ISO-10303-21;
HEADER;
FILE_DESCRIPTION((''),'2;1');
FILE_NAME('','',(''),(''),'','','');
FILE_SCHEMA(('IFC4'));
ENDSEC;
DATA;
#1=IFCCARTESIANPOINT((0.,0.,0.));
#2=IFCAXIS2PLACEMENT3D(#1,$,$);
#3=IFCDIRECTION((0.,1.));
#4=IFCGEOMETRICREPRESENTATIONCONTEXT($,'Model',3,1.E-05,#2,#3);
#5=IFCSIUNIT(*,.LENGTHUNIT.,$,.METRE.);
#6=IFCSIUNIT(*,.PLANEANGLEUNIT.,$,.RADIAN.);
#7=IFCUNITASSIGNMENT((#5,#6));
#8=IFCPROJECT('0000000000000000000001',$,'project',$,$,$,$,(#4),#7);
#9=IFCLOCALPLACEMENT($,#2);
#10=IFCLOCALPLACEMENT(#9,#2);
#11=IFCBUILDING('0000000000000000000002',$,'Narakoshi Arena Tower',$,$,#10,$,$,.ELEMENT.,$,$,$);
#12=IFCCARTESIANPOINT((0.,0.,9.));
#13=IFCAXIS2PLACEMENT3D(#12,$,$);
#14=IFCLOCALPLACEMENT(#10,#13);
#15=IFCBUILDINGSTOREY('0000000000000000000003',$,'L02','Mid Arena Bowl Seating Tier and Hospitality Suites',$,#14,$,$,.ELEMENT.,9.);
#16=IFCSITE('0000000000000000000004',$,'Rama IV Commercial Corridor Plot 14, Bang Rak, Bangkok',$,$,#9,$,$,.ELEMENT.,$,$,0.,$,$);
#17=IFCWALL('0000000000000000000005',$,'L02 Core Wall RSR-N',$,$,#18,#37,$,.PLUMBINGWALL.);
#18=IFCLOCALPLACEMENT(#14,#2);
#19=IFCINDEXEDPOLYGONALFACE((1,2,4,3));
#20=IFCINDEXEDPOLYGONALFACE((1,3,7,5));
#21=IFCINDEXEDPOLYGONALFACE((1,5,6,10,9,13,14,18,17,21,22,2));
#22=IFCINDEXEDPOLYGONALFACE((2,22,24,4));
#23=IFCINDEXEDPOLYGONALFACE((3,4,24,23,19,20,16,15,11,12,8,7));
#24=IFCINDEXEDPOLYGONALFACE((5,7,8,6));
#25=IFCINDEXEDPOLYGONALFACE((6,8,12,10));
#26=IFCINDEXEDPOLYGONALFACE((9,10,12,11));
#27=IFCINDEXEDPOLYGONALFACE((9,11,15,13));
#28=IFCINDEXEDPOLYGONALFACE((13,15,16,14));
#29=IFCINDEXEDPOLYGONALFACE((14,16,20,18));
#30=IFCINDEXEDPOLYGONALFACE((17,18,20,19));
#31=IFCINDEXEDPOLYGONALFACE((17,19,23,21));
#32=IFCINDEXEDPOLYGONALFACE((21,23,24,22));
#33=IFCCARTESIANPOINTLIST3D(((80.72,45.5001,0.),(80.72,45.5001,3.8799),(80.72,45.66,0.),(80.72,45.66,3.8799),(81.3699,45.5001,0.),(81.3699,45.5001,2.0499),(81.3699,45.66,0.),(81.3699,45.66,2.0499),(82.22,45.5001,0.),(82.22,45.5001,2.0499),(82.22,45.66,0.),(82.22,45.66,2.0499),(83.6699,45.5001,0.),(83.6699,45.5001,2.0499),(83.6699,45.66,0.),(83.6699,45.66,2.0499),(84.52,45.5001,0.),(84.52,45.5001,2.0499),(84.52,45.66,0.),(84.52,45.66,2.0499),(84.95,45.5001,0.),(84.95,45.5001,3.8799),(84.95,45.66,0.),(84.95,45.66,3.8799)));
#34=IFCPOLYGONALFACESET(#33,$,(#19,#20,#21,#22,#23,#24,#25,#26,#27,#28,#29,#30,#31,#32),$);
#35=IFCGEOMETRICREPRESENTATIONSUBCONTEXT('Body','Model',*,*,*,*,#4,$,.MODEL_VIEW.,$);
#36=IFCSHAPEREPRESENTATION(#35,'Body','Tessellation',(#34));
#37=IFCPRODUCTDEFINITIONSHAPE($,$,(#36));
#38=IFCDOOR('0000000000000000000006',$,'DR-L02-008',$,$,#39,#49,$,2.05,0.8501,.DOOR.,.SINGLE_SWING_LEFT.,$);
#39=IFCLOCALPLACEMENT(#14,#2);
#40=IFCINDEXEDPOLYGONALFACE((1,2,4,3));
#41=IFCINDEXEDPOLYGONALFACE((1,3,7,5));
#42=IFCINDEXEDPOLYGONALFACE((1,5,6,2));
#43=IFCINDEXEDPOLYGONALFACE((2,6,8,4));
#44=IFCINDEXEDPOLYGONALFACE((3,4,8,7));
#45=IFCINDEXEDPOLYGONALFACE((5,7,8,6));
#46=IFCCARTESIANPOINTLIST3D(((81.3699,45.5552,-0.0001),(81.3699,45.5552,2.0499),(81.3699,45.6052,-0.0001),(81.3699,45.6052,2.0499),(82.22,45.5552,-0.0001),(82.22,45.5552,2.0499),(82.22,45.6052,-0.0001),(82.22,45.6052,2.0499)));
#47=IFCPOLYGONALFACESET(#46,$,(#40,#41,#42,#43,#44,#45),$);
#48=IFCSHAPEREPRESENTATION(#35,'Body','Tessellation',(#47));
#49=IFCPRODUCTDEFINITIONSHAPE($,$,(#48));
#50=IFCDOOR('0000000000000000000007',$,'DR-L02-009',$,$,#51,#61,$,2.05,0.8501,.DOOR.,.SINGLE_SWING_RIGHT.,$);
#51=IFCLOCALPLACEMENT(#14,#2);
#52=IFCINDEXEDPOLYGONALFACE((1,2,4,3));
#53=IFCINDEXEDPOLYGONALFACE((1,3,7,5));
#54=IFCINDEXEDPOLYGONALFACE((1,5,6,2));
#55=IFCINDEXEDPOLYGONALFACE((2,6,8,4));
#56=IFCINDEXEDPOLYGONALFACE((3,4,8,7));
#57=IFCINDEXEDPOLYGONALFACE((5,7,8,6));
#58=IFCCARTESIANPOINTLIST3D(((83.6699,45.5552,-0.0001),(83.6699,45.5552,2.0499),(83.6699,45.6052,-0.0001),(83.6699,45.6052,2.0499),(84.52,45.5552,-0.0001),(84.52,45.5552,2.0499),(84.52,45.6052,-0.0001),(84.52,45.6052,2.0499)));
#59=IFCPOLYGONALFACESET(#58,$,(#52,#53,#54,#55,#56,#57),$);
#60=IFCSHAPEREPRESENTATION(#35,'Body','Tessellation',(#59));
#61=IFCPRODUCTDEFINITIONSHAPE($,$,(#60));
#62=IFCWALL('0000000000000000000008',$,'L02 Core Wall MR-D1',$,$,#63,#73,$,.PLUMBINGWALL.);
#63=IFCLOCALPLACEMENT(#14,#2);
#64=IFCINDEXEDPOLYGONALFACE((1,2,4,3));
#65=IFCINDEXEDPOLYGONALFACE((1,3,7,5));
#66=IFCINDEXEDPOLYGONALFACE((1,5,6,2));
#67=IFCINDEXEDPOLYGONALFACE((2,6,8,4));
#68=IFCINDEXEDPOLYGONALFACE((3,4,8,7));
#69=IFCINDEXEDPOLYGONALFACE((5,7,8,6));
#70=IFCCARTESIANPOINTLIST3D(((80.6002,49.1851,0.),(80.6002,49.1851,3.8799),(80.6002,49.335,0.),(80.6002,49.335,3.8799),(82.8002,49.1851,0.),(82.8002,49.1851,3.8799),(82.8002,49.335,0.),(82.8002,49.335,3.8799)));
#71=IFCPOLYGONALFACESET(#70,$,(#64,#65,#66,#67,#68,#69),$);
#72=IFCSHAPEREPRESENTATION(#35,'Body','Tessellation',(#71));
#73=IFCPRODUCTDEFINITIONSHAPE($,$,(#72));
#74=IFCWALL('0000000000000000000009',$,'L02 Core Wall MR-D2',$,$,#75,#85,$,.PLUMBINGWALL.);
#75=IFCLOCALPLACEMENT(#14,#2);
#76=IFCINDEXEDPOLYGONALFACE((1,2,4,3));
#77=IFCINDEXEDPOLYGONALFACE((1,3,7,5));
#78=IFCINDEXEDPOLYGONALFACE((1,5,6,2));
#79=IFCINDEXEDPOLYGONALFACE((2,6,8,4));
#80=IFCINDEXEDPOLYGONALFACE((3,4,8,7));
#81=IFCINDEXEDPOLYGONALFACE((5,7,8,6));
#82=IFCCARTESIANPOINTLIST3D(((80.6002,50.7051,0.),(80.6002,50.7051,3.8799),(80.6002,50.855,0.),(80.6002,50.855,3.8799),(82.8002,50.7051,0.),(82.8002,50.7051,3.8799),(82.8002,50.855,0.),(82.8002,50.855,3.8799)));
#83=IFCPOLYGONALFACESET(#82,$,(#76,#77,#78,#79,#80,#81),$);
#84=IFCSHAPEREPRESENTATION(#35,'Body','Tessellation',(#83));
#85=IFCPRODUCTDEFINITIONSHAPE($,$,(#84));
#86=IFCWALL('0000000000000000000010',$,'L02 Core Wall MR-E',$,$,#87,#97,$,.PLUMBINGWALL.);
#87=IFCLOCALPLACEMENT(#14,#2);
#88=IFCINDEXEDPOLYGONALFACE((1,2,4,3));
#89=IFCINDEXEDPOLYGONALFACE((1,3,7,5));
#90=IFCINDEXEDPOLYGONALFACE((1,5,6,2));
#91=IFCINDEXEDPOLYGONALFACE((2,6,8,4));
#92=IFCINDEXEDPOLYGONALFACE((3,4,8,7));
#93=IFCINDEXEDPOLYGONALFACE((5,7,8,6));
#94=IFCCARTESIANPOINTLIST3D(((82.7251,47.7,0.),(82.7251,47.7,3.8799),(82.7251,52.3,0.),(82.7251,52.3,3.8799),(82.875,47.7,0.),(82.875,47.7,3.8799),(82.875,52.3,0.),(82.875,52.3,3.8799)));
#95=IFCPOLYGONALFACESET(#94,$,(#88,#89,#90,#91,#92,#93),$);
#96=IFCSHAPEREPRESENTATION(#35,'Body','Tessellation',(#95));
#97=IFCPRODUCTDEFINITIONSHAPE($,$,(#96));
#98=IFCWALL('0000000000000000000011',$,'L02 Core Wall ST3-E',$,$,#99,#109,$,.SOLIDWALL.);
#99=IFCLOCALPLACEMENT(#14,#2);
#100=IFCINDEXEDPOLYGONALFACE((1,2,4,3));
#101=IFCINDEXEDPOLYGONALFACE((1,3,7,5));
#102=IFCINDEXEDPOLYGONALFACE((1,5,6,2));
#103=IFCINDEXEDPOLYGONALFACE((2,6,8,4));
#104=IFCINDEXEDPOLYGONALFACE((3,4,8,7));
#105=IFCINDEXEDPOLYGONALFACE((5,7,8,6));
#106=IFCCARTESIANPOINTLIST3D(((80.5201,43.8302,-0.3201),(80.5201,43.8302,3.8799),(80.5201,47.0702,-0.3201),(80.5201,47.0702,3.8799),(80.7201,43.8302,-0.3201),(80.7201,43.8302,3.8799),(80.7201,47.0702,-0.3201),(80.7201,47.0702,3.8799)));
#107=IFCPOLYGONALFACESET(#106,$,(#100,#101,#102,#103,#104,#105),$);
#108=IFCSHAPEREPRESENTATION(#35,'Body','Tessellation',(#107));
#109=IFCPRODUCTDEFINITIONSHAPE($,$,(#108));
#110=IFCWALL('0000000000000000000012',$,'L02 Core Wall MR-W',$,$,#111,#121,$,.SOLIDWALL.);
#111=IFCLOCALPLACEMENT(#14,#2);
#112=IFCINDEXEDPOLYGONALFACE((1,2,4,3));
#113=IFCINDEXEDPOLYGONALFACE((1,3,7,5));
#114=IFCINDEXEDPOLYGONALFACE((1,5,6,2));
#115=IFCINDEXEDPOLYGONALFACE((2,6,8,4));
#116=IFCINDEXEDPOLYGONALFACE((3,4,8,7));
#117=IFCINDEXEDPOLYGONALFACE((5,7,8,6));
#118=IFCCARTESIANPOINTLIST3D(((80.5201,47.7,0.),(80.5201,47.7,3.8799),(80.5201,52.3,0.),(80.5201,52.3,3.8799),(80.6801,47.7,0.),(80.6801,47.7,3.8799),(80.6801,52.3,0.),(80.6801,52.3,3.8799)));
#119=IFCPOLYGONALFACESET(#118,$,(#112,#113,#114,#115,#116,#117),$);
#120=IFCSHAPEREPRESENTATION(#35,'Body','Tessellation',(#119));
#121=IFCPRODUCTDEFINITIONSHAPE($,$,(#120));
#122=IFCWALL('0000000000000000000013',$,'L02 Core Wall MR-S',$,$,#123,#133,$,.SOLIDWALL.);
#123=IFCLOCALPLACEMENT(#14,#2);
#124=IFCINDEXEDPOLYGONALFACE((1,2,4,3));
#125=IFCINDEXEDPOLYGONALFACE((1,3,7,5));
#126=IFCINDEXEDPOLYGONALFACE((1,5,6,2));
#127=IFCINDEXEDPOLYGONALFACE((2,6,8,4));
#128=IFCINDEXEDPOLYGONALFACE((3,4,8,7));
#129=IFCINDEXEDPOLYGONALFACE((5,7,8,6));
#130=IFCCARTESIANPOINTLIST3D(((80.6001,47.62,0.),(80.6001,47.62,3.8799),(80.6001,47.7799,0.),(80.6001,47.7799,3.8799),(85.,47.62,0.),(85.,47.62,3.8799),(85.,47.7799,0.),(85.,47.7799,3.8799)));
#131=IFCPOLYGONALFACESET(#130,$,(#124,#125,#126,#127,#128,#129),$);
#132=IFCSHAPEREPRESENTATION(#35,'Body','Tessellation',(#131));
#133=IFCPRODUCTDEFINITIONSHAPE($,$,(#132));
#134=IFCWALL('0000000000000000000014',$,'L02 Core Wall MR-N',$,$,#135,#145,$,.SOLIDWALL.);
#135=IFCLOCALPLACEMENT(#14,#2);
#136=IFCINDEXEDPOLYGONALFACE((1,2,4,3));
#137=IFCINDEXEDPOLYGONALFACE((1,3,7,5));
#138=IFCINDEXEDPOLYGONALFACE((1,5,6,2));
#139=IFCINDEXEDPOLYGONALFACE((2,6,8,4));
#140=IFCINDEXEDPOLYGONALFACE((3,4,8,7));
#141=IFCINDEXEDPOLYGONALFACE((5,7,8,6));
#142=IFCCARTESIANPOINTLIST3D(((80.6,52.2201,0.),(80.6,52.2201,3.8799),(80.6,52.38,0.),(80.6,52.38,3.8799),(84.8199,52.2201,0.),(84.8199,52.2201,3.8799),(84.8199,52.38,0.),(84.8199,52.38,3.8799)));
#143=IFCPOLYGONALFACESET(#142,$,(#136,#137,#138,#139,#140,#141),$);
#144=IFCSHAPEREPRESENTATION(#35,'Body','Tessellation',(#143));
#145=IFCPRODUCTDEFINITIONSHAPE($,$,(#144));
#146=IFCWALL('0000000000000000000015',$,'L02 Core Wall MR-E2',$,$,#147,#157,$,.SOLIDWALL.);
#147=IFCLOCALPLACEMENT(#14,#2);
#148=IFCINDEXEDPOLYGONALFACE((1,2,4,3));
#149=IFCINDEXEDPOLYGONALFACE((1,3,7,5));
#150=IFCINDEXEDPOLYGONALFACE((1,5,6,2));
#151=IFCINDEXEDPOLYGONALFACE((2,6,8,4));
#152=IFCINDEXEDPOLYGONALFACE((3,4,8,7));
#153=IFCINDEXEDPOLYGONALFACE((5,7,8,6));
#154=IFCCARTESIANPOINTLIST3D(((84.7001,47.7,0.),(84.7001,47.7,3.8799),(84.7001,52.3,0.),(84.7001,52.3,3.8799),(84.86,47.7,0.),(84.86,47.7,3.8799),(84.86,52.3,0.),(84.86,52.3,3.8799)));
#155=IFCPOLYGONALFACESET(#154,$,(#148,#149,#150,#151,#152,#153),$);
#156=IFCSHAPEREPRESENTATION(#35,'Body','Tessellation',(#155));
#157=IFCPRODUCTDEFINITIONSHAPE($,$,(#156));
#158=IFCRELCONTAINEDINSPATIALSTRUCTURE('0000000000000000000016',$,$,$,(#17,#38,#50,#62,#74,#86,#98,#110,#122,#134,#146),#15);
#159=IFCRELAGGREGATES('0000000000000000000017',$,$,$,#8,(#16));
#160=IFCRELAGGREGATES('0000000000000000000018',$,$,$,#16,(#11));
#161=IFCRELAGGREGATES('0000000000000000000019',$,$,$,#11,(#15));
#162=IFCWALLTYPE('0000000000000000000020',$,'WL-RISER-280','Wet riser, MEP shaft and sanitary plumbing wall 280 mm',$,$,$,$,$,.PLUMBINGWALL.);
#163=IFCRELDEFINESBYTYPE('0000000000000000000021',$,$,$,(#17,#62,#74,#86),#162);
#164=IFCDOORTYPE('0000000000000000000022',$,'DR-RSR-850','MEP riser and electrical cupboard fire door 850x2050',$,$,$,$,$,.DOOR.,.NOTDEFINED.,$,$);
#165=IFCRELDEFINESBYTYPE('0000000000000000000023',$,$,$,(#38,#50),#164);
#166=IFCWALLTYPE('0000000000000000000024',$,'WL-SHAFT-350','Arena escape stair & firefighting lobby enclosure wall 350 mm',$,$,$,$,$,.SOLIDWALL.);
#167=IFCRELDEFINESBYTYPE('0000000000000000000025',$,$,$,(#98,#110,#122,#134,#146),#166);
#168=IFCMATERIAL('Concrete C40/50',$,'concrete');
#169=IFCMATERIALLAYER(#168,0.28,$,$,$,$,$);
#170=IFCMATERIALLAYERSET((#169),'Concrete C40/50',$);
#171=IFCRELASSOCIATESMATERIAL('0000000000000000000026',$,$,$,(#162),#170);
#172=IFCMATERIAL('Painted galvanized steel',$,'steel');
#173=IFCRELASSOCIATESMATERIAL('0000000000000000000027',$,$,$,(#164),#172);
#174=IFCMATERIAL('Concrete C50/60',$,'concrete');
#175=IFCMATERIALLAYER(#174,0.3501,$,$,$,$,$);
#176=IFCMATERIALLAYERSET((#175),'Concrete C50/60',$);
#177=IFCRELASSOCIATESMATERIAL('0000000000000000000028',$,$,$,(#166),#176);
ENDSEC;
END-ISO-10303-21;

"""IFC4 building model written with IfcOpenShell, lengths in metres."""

from ifc_helpers import new_model, si_unit, direction, frame, frame_2d, origin, place, context, subcontext, project, spatial, rectangle, extrude, material, layer, layer_set, type_object, element, fill, save


model = new_model("IFC4")

# Units and contexts
model_context = context("Model", 3, precision=1e-05, world=origin(), true_north=direction((0.0, 1.0)))
body_context = subcontext(model_context, "Body", "Model", "MODEL_VIEW")
ifc_project = project(units=[si_unit("LENGTHUNIT", "METRE"), si_unit("PLANEANGLEUNIT", "RADIAN")], contexts=[model_context])

# Site, building, storey
site_placement = place(None, origin())
site = spatial("IfcSite", under=ifc_project, at=site_placement, Name="Rama IV Commercial Corridor Plot 14, Bang Rak, Bangkok", CompositionType="ELEMENT", RefElevation=0.0)
building_placement = place(site_placement, origin())
building = spatial("IfcBuilding", under=site, at=building_placement, Name="Narakoshi Arena Tower", CompositionType="ELEMENT")
storey_placement = place(building_placement, frame((0.0, 0.0, 9.0)))
storey = spatial("IfcBuildingStorey", under=building, at=storey_placement, Name="L02", Description="Mid Arena Bowl Seating Tier and Hospitality Suites", CompositionType="ELEMENT", Elevation=9.0)

# Wall, openings, doors
ifc_material_1 = material(Name="Concrete C40/50", Category="concrete")
ifc_layer_1 = layer(ifc_material_1, 0.28)
ifc_layer_set_1 = layer_set([ifc_layer_1], Name="Concrete C40/50")
wall_type_1 = type_object("IfcWallType", Name="WL-RISER-280", Description="Wet riser, MEP shaft and sanitary plumbing wall 280 mm", PredefinedType="PLUMBINGWALL", material=ifc_layer_set_1)
wall_1_placement = place(storey_placement, frame((80.72, 45.5801, 0.0), z_axis=(0.0, 0.0, 1.0), x_axis=(1.0, 0.0, 0.0)))
wall_1 = element("IfcWall", 1, at=wall_1_placement, inside=storey, type_object=wall_type_1, Name="L02 Core Wall RSR-N", PredefinedType="PLUMBINGWALL", context=body_context, shape_type="SweptSolid", body=[
    extrude(rectangle(XDim=4.23, YDim=0.1599, at=frame_2d((2.115, 0.0))), origin(), (0.0, 0.0, 1.0), 3.8799),
])
opening_1_placement = place(wall_1_placement, frame((0.6499, 0.0, 0.0)))
opening_1 = element("IfcOpeningElement", 2, at=opening_1_placement, cuts=wall_1, PredefinedType="OPENING", context=body_context, shape_type="SweptSolid", body=[
    extrude(rectangle(XDim=0.8501, YDim=2.05, at=frame_2d((0.425, 1.0249))), frame((0.0, 0.0898, 0.0), z_axis=(0.0, -1.0, 0.0), x_axis=(1.0, 0.0, 0.0)), (0.0, 0.0, 1.0), 0.1799),
])
opening_2_placement = place(wall_1_placement, frame((2.95, 0.0, 0.0)))
opening_2 = element("IfcOpeningElement", 3, at=opening_2_placement, cuts=wall_1, PredefinedType="OPENING", context=body_context, shape_type="SweptSolid", body=[
    extrude(rectangle(XDim=0.8501, YDim=2.05, at=frame_2d((0.425, 1.0249))), frame((0.0, 0.0898, 0.0), z_axis=(0.0, -1.0, 0.0), x_axis=(1.0, 0.0, 0.0)), (0.0, 0.0, 1.0), 0.1799),
])
ifc_material_2 = material(Name="Painted galvanized steel", Category="steel")
door_type_1 = type_object("IfcDoorType", Name="DR-RSR-850", Description="MEP riser and electrical cupboard fire door 850x2050", OperationType="NOTDEFINED", PredefinedType="DOOR", material=ifc_material_2)
door_1_placement = place(opening_1_placement, frame((0.8501, 0.0, 0.0), z_axis=(0.0, 0.0, 1.0), x_axis=(-1.0, 0.0, 0.0)))
door_1 = element("IfcDoor", 4, at=door_1_placement, inside=storey, type_object=door_type_1, Name="DR-L02-008", OperationType="SINGLE_SWING_LEFT", OverallHeight=2.05, OverallWidth=0.8501, PredefinedType="DOOR", context=body_context, shape_type="SweptSolid", body=[
    extrude(rectangle(XDim=0.8501, YDim=2.05, at=frame_2d((0.425, 1.0249))), frame((0.0, 0.0249, 0.0), z_axis=(0.0, -1.0, 0.0), x_axis=(1.0, 0.0, 0.0)), (0.0, 0.0, 1.0), 0.05),
])
fill(opening_1, door_1)
door_2_placement = place(opening_2_placement, frame((0.8501, 0.0, 0.0), z_axis=(0.0, 0.0, 1.0), x_axis=(-1.0, 0.0, 0.0)))
door_2 = element("IfcDoor", 5, at=door_2_placement, inside=storey, type_object=door_type_1, Name="DR-L02-009", OperationType="SINGLE_SWING_RIGHT", OverallHeight=2.05, OverallWidth=0.8501, PredefinedType="DOOR", context=body_context, shape_type="SweptSolid", body=[
    extrude(rectangle(XDim=0.8501, YDim=2.05, at=frame_2d((0.425, 1.0249))), frame((0.0, 0.0249, 0.0), z_axis=(0.0, -1.0, 0.0), x_axis=(1.0, 0.0, 0.0)), (0.0, 0.0, 1.0), 0.05),
])
fill(opening_2, door_2)

# Walls
for number, where, z_axis, x_axis, name in (
    (6, (80.6001, 49.26, 0.0), (0.0, 0.0, 1.0), (1.0, 0.0, 0.0), "L02 Core Wall MR-D1"),
    (7, (80.6001, 50.78, 0.0), (0.0, 0.0, 1.0), (1.0, 0.0, 0.0), "L02 Core Wall MR-D2"),
):
    element("IfcWall", number, at=place(storey_placement, frame(where, z_axis=z_axis, x_axis=x_axis)), inside=storey, type_object=wall_type_1, Name=name, PredefinedType="PLUMBINGWALL", context=body_context, shape_type="SweptSolid", body=[
        extrude(rectangle(XDim=2.2, YDim=0.1499, at=frame_2d((1.1001, 0.0))), origin(), (0.0, 0.0, 1.0), 3.8799),
    ])
wall_2_placement = place(storey_placement, frame((82.8, 47.7, 0.0), z_axis=(0.0, 0.0, 1.0), x_axis=(0.0, 1.0, 0.0)))
element("IfcWall", 8, at=wall_2_placement, inside=storey, type_object=wall_type_1, Name="L02 Core Wall MR-E", PredefinedType="PLUMBINGWALL", context=body_context, shape_type="SweptSolid", body=[
    extrude(rectangle(XDim=4.6001, YDim=0.1499, at=frame_2d((2.3, 0.0))), origin(), (0.0, 0.0, 1.0), 3.8799),
])
ifc_material_3 = material(Name="Concrete C50/60", Category="concrete")
ifc_layer_2 = layer(ifc_material_3, 0.3501)
ifc_layer_set_2 = layer_set([ifc_layer_2], Name="Concrete C50/60")
wall_type_2 = type_object("IfcWallType", Name="WL-SHAFT-350", Description="Arena escape stair & firefighting lobby enclosure wall 350 mm", PredefinedType="SOLIDWALL", material=ifc_layer_set_2)
wall_3_placement = place(storey_placement, frame((80.6201, 43.8301, -0.3201), z_axis=(0.0, 0.0, 1.0), x_axis=(0.0, 1.0, 0.0)))
element("IfcWall", 9, at=wall_3_placement, inside=storey, type_object=wall_type_2, Name="L02 Core Wall ST3-E", PredefinedType="SOLIDWALL", context=body_context, shape_type="SweptSolid", body=[
    extrude(rectangle(XDim=3.24, YDim=0.2, at=frame_2d((1.6201, 0.0))), origin(), (0.0, 0.0, 1.0), 4.2),
])
wall_4_placement = place(storey_placement, frame((80.6001, 47.7, 0.0), z_axis=(0.0, 0.0, 1.0), x_axis=(0.0, 1.0, 0.0)))
element("IfcWall", 10, at=wall_4_placement, inside=storey, type_object=wall_type_2, Name="L02 Core Wall MR-W", PredefinedType="SOLIDWALL", context=body_context, shape_type="SweptSolid", body=[
    extrude(rectangle(XDim=4.6001, YDim=0.1599, at=frame_2d((2.3, 0.0))), origin(), (0.0, 0.0, 1.0), 3.8799),
])
wall_5_placement = place(storey_placement, frame((80.6001, 47.7, 0.0), z_axis=(0.0, 0.0, 1.0), x_axis=(1.0, 0.0, 0.0)))
element("IfcWall", 11, at=wall_5_placement, inside=storey, type_object=wall_type_2, Name="L02 Core Wall MR-S", PredefinedType="SOLIDWALL", context=body_context, shape_type="SweptSolid", body=[
    extrude(rectangle(XDim=4.3999, YDim=0.1599, at=frame_2d((2.2, 0.0))), origin(), (0.0, 0.0, 1.0), 3.8799),
])
wall_6_placement = place(storey_placement, frame((80.6001, 52.3, 0.0), z_axis=(0.0, 0.0, 1.0), x_axis=(1.0, 0.0, 0.0)))
element("IfcWall", 12, at=wall_6_placement, inside=storey, type_object=wall_type_2, Name="L02 Core Wall MR-N", PredefinedType="SOLIDWALL", context=body_context, shape_type="SweptSolid", body=[
    extrude(rectangle(XDim=4.22, YDim=0.1599, at=frame_2d((2.1099, 0.0))), origin(), (0.0, 0.0, 1.0), 3.8799),
])
wall_7_placement = place(storey_placement, frame((84.78, 47.7, 0.0), z_axis=(0.0, 0.0, 1.0), x_axis=(0.0, 1.0, 0.0)))
element("IfcWall", 13, at=wall_7_placement, inside=storey, type_object=wall_type_2, Name="L02 Core Wall MR-E2", PredefinedType="SOLIDWALL", context=body_context, shape_type="SweptSolid", body=[
    extrude(rectangle(XDim=4.6001, YDim=0.1599, at=frame_2d((2.3, 0.0))), origin(), (0.0, 0.0, 1.0), 3.8799),
])

save(model, "model.ifc")
